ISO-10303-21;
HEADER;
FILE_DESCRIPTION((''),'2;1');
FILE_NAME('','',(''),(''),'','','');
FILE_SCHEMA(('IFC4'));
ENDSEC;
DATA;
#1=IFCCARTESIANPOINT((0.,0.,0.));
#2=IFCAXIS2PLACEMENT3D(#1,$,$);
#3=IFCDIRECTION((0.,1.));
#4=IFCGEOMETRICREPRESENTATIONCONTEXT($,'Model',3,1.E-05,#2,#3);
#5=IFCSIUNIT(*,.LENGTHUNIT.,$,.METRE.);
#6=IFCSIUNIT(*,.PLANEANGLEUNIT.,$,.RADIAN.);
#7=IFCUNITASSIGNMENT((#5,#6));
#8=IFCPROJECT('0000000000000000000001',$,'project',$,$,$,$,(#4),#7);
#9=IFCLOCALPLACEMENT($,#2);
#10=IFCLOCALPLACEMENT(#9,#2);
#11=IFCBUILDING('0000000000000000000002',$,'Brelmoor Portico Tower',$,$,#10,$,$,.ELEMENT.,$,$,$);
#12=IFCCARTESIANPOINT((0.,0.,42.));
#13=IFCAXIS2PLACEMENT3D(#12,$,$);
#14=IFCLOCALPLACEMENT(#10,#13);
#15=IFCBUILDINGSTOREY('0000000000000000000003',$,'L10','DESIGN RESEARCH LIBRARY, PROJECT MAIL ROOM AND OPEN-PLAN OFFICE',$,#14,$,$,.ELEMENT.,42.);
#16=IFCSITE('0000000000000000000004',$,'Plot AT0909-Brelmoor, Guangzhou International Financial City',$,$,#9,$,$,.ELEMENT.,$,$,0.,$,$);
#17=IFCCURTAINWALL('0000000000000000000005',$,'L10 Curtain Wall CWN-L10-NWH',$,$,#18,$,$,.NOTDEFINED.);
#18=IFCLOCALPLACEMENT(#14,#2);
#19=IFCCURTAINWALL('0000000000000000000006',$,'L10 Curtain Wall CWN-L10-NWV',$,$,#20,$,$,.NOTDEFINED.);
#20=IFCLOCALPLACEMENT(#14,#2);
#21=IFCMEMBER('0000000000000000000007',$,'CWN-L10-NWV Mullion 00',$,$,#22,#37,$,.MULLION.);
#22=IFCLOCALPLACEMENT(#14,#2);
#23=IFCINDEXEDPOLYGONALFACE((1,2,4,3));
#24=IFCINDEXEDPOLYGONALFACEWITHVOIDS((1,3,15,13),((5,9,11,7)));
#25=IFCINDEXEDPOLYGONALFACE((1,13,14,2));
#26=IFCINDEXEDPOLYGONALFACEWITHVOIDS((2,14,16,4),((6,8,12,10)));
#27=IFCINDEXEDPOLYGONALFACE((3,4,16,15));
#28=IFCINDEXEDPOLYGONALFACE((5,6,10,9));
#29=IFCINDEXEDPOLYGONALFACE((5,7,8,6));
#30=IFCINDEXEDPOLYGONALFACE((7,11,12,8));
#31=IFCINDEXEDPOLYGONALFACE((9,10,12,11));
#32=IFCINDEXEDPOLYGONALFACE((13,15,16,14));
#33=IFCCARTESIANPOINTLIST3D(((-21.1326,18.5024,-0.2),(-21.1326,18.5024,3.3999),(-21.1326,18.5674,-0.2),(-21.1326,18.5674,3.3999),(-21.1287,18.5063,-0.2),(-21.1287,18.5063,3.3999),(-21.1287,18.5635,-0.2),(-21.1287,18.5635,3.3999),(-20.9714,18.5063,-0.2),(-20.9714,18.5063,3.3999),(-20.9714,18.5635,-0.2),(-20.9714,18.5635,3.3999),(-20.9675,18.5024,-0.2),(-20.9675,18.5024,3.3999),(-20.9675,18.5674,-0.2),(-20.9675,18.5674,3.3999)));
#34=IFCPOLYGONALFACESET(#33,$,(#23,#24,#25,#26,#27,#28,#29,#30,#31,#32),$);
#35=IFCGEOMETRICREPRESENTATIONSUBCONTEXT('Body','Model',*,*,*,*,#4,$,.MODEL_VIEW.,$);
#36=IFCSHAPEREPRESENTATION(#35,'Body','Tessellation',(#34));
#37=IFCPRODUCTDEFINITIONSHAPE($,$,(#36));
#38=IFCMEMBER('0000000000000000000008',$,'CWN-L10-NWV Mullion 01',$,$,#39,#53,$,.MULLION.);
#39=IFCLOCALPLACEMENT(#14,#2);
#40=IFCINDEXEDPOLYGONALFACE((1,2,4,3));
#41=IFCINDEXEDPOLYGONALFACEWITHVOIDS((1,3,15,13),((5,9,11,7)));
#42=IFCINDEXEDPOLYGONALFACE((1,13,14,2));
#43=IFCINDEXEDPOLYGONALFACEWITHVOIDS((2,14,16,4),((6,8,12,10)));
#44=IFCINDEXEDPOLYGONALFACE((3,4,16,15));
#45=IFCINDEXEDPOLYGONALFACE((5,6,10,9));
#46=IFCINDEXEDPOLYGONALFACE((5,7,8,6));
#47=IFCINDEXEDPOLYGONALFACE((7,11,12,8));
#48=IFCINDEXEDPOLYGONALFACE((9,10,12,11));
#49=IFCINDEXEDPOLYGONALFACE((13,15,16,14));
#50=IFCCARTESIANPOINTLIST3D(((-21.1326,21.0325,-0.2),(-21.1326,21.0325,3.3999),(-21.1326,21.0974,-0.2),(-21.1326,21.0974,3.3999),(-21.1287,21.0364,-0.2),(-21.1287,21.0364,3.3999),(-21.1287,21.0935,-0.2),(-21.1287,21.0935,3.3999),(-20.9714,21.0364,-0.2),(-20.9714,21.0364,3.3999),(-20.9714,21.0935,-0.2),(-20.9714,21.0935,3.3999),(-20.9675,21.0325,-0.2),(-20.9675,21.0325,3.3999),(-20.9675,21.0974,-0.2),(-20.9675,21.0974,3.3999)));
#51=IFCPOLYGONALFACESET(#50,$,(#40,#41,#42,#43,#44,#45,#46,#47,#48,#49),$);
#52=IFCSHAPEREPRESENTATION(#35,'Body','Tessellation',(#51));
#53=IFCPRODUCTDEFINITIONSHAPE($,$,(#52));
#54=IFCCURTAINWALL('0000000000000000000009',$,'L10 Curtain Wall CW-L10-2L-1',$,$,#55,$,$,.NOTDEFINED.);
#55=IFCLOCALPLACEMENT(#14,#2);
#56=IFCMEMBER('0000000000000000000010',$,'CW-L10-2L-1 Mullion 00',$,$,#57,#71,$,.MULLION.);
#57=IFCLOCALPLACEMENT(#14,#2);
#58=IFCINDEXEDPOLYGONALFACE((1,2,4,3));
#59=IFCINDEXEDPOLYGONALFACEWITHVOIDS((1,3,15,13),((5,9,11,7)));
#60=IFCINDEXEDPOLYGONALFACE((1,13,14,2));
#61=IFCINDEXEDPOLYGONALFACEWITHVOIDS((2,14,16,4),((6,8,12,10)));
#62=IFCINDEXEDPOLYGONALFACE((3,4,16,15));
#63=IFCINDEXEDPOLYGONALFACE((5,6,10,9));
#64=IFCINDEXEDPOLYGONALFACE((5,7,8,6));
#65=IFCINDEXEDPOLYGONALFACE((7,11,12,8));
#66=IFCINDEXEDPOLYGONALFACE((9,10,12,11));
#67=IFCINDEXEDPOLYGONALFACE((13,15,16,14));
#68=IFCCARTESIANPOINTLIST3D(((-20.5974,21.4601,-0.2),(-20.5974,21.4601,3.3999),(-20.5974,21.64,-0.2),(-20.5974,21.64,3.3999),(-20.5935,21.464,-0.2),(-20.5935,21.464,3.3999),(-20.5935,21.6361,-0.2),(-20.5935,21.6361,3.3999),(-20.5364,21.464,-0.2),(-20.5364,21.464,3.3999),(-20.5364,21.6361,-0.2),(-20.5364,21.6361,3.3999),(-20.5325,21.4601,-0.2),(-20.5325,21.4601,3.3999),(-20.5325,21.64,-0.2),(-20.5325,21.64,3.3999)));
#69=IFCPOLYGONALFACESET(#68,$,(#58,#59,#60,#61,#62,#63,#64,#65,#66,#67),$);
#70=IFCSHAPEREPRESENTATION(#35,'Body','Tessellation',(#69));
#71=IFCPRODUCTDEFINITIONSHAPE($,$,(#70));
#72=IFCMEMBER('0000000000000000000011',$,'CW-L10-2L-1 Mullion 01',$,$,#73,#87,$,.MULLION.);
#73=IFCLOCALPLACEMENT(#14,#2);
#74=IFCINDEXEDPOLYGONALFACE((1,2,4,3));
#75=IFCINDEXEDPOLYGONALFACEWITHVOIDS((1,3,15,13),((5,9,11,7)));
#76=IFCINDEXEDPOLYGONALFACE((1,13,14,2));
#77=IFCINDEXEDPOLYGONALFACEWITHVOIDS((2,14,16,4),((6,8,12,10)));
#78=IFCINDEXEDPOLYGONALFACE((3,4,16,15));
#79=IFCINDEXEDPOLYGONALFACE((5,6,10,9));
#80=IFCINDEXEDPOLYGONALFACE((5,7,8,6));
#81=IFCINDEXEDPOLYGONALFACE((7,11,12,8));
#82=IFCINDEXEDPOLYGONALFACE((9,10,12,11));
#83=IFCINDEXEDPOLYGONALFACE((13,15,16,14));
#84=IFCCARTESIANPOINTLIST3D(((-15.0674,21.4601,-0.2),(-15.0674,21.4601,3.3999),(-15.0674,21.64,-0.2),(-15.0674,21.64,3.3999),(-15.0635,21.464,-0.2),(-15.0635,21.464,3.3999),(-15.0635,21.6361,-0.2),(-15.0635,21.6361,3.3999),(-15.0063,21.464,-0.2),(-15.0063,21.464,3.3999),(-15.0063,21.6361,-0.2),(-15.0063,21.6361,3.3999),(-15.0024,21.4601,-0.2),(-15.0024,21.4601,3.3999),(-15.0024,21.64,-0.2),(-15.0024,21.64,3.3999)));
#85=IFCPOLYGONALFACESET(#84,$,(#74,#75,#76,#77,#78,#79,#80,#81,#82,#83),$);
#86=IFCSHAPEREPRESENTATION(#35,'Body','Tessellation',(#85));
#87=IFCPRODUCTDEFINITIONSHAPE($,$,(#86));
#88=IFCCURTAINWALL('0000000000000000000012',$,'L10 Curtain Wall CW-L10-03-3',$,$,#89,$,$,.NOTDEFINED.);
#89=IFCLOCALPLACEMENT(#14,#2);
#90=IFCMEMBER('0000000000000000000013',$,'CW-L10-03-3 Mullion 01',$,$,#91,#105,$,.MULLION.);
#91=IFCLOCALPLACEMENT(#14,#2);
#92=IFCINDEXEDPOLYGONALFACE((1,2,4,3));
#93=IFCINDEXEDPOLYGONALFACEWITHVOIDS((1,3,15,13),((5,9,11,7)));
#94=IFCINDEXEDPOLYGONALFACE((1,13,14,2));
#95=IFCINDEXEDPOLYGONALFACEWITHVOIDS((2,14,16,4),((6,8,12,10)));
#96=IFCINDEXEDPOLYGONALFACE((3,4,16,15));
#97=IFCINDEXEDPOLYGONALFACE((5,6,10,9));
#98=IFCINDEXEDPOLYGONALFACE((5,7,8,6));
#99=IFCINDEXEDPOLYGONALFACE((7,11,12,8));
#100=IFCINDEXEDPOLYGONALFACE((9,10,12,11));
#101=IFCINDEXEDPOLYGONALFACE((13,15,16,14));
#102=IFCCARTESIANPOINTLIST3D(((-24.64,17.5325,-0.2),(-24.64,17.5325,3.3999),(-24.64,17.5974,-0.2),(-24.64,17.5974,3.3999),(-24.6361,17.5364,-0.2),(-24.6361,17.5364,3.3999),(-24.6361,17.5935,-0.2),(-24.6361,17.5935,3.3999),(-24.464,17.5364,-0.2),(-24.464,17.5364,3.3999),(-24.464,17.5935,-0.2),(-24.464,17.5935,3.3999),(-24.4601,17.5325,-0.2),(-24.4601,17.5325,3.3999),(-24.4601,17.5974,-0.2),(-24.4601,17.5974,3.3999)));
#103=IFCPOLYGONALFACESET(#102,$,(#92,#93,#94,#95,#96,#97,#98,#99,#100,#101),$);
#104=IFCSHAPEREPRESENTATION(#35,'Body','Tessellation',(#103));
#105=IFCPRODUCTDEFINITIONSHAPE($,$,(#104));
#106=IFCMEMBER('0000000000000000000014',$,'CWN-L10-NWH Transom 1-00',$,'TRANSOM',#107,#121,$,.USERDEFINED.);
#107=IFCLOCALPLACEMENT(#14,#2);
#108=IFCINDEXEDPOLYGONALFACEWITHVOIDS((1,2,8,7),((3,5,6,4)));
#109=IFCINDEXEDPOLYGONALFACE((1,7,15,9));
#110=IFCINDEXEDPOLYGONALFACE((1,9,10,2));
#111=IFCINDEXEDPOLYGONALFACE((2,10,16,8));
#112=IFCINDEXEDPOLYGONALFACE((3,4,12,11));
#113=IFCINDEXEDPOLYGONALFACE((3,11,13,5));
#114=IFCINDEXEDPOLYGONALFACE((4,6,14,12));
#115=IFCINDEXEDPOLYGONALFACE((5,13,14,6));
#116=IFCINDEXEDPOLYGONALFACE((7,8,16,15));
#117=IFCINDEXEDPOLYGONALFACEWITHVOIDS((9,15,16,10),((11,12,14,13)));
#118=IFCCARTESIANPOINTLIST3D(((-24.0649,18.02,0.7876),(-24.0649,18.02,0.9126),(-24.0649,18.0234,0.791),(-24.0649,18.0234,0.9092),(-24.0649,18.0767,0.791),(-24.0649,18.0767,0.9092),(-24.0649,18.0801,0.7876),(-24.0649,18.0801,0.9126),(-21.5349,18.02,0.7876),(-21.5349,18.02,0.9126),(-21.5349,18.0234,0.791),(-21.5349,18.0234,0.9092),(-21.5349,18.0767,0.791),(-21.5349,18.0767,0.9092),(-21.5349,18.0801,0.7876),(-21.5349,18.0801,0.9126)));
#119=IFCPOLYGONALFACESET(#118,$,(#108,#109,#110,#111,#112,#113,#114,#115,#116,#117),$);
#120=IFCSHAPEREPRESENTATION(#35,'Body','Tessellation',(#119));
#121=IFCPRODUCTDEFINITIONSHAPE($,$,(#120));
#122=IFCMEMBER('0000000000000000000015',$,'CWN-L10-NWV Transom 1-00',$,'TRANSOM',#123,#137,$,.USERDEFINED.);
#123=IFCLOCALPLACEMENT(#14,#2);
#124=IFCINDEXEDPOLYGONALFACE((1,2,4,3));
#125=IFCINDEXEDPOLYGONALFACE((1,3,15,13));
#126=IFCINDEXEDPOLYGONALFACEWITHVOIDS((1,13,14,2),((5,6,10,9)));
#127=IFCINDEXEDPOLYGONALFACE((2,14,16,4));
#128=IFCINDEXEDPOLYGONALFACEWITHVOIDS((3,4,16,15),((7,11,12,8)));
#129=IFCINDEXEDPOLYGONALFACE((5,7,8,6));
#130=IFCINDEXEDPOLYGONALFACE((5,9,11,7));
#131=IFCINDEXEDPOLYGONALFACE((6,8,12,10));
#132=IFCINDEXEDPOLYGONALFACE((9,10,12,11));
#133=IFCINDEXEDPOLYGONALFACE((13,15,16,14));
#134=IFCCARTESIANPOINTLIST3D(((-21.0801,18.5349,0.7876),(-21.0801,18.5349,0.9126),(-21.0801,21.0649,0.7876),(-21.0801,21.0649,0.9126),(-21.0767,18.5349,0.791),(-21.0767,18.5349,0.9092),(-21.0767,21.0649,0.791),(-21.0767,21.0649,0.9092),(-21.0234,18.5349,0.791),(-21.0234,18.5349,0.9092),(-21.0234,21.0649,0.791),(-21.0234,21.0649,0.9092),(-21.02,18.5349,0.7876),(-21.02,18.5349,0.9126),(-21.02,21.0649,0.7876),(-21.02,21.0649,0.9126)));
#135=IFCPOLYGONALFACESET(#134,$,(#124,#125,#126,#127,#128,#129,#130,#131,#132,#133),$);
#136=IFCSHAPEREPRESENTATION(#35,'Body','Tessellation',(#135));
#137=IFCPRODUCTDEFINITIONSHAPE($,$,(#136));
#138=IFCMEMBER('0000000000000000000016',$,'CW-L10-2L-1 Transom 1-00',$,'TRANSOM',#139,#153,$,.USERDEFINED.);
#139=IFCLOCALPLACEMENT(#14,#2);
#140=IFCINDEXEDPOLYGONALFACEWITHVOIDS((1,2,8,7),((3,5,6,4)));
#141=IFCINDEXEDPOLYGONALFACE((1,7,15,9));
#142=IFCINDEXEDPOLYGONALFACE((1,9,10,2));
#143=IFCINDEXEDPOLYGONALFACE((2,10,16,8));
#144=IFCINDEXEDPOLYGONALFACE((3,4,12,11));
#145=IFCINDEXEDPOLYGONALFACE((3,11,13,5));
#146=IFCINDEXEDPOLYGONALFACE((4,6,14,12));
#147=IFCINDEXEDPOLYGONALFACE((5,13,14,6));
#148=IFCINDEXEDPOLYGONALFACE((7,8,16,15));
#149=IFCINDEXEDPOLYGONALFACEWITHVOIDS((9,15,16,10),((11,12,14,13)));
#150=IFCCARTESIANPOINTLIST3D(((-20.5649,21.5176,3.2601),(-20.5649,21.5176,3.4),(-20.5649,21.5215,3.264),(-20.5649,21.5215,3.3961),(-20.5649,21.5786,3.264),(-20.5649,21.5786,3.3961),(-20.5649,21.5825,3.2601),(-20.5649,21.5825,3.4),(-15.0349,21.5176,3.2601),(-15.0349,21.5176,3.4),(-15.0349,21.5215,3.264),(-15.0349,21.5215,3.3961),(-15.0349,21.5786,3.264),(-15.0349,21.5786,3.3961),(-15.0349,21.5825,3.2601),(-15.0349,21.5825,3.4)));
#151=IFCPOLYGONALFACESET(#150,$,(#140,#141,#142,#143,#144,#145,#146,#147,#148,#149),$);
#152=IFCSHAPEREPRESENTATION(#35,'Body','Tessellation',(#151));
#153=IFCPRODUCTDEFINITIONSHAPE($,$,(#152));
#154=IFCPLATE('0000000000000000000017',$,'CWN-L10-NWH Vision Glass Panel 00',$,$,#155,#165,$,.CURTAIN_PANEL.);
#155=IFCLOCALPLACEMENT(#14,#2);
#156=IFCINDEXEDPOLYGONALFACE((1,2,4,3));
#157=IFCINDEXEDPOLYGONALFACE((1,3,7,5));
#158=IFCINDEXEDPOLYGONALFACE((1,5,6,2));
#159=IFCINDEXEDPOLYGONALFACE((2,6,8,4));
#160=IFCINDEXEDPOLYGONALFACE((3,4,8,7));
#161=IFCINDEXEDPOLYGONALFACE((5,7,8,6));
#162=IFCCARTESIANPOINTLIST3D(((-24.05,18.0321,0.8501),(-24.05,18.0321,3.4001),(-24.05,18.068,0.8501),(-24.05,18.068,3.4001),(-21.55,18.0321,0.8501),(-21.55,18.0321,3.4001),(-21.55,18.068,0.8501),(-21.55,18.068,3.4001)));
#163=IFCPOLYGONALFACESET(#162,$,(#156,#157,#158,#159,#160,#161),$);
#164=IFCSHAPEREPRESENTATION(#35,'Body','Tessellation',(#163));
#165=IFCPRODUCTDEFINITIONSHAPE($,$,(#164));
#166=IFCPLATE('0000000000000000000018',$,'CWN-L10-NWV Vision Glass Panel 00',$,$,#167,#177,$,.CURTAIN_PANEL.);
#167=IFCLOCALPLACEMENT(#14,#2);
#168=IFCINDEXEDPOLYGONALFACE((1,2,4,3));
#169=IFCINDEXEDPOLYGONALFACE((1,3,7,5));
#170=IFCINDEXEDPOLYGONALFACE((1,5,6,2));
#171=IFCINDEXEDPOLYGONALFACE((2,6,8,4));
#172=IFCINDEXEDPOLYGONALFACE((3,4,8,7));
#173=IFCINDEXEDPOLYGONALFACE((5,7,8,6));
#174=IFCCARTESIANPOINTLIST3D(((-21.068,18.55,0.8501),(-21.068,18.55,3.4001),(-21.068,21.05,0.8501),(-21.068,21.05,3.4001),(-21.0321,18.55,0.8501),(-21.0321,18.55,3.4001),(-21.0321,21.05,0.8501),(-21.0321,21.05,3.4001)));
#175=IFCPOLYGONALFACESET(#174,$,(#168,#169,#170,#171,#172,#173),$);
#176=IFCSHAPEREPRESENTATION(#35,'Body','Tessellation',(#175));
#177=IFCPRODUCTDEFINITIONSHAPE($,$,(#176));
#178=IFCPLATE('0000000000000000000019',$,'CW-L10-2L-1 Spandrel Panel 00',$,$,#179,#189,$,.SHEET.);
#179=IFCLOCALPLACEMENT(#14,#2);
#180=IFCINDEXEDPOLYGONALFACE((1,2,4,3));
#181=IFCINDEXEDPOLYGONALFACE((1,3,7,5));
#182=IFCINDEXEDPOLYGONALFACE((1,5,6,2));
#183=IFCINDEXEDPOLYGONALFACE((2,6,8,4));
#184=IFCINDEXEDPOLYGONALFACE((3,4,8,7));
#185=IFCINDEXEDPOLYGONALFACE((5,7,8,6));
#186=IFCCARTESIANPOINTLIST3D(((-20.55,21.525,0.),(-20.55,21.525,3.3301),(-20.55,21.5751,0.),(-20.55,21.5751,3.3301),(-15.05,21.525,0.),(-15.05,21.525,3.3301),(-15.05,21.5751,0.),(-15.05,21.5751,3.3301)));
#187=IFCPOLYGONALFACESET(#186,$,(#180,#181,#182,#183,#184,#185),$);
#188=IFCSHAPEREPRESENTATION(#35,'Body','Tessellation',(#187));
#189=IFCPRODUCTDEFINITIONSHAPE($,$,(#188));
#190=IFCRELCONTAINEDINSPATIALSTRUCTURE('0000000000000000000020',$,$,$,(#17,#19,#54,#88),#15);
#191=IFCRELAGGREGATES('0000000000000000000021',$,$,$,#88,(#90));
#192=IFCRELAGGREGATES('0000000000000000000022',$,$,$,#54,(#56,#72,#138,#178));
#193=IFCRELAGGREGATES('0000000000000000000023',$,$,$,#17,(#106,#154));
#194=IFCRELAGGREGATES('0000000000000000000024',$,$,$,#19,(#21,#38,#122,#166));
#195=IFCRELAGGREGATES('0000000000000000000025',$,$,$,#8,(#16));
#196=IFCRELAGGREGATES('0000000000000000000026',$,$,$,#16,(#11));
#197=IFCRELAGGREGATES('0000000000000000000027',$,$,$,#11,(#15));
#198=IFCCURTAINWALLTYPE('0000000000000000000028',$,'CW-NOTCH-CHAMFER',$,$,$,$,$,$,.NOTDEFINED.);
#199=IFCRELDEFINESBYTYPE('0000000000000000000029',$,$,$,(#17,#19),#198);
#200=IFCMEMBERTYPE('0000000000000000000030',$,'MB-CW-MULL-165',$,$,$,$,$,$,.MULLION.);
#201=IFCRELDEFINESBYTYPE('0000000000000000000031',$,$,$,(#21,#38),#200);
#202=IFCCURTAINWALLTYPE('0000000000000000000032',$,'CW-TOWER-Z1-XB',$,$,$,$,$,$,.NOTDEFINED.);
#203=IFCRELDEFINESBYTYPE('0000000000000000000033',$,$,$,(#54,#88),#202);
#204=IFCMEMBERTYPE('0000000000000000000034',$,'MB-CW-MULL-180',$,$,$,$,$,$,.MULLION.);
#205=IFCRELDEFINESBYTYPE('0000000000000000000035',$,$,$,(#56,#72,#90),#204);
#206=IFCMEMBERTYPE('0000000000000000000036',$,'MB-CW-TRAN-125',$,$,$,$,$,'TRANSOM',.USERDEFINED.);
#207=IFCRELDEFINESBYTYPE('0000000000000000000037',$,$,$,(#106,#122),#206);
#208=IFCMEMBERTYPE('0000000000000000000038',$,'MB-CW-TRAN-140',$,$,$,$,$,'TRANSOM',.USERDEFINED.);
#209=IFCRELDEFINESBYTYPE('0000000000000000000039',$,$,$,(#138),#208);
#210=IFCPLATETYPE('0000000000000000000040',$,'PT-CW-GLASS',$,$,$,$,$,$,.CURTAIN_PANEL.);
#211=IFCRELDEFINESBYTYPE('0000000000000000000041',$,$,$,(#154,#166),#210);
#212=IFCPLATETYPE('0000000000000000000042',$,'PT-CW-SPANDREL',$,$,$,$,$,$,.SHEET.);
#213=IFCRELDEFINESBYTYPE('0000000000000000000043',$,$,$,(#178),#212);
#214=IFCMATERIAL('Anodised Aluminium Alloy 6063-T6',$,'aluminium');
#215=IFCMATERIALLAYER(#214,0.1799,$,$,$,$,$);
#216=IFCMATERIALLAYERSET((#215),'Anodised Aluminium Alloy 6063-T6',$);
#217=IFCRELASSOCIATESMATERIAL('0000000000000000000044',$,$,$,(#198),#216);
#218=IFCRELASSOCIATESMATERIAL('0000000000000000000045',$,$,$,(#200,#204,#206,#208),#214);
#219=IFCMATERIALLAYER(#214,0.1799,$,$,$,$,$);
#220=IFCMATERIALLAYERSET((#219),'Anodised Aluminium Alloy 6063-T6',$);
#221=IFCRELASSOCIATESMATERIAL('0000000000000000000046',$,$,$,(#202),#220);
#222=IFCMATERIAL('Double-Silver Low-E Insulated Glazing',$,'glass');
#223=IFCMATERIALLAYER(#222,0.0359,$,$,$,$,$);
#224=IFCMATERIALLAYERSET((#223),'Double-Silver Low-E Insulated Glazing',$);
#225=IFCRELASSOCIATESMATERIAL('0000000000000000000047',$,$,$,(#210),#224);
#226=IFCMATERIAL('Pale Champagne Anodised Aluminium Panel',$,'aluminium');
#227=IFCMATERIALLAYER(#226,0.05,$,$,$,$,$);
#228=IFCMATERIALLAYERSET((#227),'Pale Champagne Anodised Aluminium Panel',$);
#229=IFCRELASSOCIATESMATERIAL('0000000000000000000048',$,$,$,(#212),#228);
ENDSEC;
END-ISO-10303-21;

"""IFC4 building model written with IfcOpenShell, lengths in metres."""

from ifc_helpers import new_model, si_unit, direction, frame, origin, origin_2d, place, context, subcontext, project, spatial, rectangle, hollow_rectangle, extrude, material, layer, layer_set, material_profile, profile_set, type_object, element, aggregate, save


model = new_model("IFC4")

# Units and contexts
model_context = context("Model", 3, precision=1e-05, world=origin(), true_north=direction((0.0, 1.0)))
body_context = subcontext(model_context, "Body", "Model", "MODEL_VIEW")
ifc_project = project(units=[si_unit("LENGTHUNIT", "METRE"), si_unit("PLANEANGLEUNIT", "RADIAN")], contexts=[model_context])

# Site, building, storey
site_placement = place(None, origin())
site = spatial("IfcSite", under=ifc_project, at=site_placement, Name="Plot AT0909-Brelmoor, Guangzhou International Financial City", CompositionType="ELEMENT", RefElevation=0.0)
building_placement = place(site_placement, origin())
building = spatial("IfcBuilding", under=site, at=building_placement, Name="Brelmoor Portico Tower", CompositionType="ELEMENT")
storey_placement = place(building_placement, frame((0.0, 0.0, 42.0)))
storey = spatial("IfcBuildingStorey", under=building, at=storey_placement, Name="L10", Description="DESIGN RESEARCH LIBRARY, PROJECT MAIL ROOM AND OPEN-PLAN OFFICE", CompositionType="ELEMENT", Elevation=42.0)

# Curtain walls, members
ifc_material_1 = material(Name="Anodised Aluminium Alloy 6063-T6", Category="aluminium")
ifc_layer_1 = layer(ifc_material_1, 0.1799)
ifc_layer_set_1 = layer_set([ifc_layer_1], Name="Anodised Aluminium Alloy 6063-T6")
curtain_wall_type_1 = type_object("IfcCurtainWallType", Name="CW-NOTCH-CHAMFER", PredefinedType="NOTDEFINED", material=ifc_layer_set_1)
curtain_wall_1_placement = place(storey_placement, origin())
curtain_wall_1 = element("IfcCurtainWall", 1, at=curtain_wall_1_placement, inside=storey, type_object=curtain_wall_type_1, Name="L10 Curtain Wall CWN-L10-NWH", PredefinedType="NOTDEFINED")
ifc_material_profile_1 = material_profile(ifc_material_1, hollow_rectangle(XDim=0.0649, YDim=0.165, WallThickness=0.0039, at=origin_2d()), Name="ALU MULLION 65x165")
ifc_profile_set_1 = profile_set([ifc_material_profile_1], Name="Anodised Aluminium Alloy 6063-T6")
member_type_1 = type_object("IfcMemberType", Name="MB-CW-MULL-165", PredefinedType="MULLION", material=ifc_profile_set_1)
curtain_wall_2_placement = place(storey_placement, origin())
curtain_wall_2 = element("IfcCurtainWall", 2, at=curtain_wall_2_placement, inside=storey, type_object=curtain_wall_type_1, Name="L10 Curtain Wall CWN-L10-NWV", PredefinedType="NOTDEFINED")
member_1_placement = place(storey_placement, frame((-21.05, 18.5349, -0.2), z_axis=(0.0, 0.0, 1.0), x_axis=(0.0, 1.0, 0.0)))
member_1 = element("IfcMember", 3, at=member_1_placement, type_object=member_type_1, Name="CWN-L10-NWV Mullion 00", PredefinedType="MULLION", context=body_context, shape_type="SweptSolid", body=[
    extrude(hollow_rectangle(XDim=0.0649, YDim=0.165, WallThickness=0.0039, at=origin_2d()), origin(), (0.0, 0.0, 1.0), 3.5999),
])
member_2_placement = place(storey_placement, frame((-21.05, 21.0649, -0.2), z_axis=(0.0, 0.0, 1.0), x_axis=(0.0, 1.0, 0.0)))
member_2 = element("IfcMember", 4, at=member_2_placement, type_object=member_type_1, Name="CWN-L10-NWV Mullion 01", PredefinedType="MULLION", context=body_context, shape_type="SweptSolid", body=[
    extrude(hollow_rectangle(XDim=0.0649, YDim=0.165, WallThickness=0.0039, at=origin_2d()), origin(), (0.0, 0.0, 1.0), 3.5999),
])
ifc_layer_2 = layer(ifc_material_1, 0.1799)
ifc_layer_set_2 = layer_set([ifc_layer_2], Name="Anodised Aluminium Alloy 6063-T6")
curtain_wall_type_2 = type_object("IfcCurtainWallType", Name="CW-TOWER-Z1-XB", PredefinedType="NOTDEFINED", material=ifc_layer_set_2)
curtain_wall_3_placement = place(storey_placement, origin())
curtain_wall_3 = element("IfcCurtainWall", 5, at=curtain_wall_3_placement, inside=storey, type_object=curtain_wall_type_2, Name="L10 Curtain Wall CW-L10-2L-1", PredefinedType="NOTDEFINED")
ifc_material_profile_2 = material_profile(ifc_material_1, hollow_rectangle(XDim=0.0649, YDim=0.1799, WallThickness=0.0039, at=origin_2d()), Name="ALU MULLION 65x180")
ifc_profile_set_2 = profile_set([ifc_material_profile_2], Name="Anodised Aluminium Alloy 6063-T6")
member_type_2 = type_object("IfcMemberType", Name="MB-CW-MULL-180", PredefinedType="MULLION", material=ifc_profile_set_2)
member_3_placement = place(storey_placement, frame((-20.5649, 21.55, -0.2), z_axis=(0.0, 0.0, 1.0), x_axis=(1.0, 0.0, 0.0)))
member_3 = element("IfcMember", 6, at=member_3_placement, type_object=member_type_2, Name="CW-L10-2L-1 Mullion 00", PredefinedType="MULLION", context=body_context, shape_type="SweptSolid", body=[
    extrude(hollow_rectangle(XDim=0.0649, YDim=0.1799, WallThickness=0.0039, at=origin_2d()), origin(), (0.0, 0.0, 1.0), 3.5999),
])
member_4_placement = place(storey_placement, frame((-15.0349, 21.55, -0.2), z_axis=(0.0, 0.0, 1.0), x_axis=(1.0, 0.0, 0.0)))
member_4 = element("IfcMember", 7, at=member_4_placement, type_object=member_type_2, Name="CW-L10-2L-1 Mullion 01", PredefinedType="MULLION", context=body_context, shape_type="SweptSolid", body=[
    extrude(hollow_rectangle(XDim=0.0649, YDim=0.1799, WallThickness=0.0039, at=origin_2d()), origin(), (0.0, 0.0, 1.0), 3.5999),
])

# Curtain wall, member
curtain_wall_4_placement = place(storey_placement, origin())
curtain_wall_4 = element("IfcCurtainWall", 8, at=curtain_wall_4_placement, inside=storey, type_object=curtain_wall_type_2, Name="L10 Curtain Wall CW-L10-03-3", PredefinedType="NOTDEFINED")
member_5_placement = place(storey_placement, frame((-24.55, 17.5649, -0.2), z_axis=(0.0, 0.0, 1.0), x_axis=(0.0, 1.0, 0.0)))
member_5 = element("IfcMember", 9, at=member_5_placement, type_object=member_type_2, Name="CW-L10-03-3 Mullion 01", PredefinedType="MULLION", context=body_context, shape_type="SweptSolid", body=[
    extrude(hollow_rectangle(XDim=0.0649, YDim=0.1799, WallThickness=0.0039, at=origin_2d()), origin(), (0.0, 0.0, 1.0), 3.5999),
])
aggregate(curtain_wall_4, [member_5])

# Members
ifc_material_profile_3 = material_profile(ifc_material_1, hollow_rectangle(XDim=0.0601, YDim=0.125, WallThickness=0.0034, at=origin_2d()), Name="ALU TRANSOM 60x125")
ifc_profile_set_3 = profile_set([ifc_material_profile_3], Name="Anodised Aluminium Alloy 6063-T6")
member_type_3 = type_object("IfcMemberType", Name="MB-CW-TRAN-125", ElementType="TRANSOM", PredefinedType="USERDEFINED", material=ifc_profile_set_3)
member_6_placement = place(storey_placement, frame((-24.0649, 18.05, 0.8501), z_axis=(1.0, 0.0, 0.0), x_axis=(0.0, 1.0, 0.0)))
member_6 = element("IfcMember", 10, at=member_6_placement, type_object=member_type_3, Name="CWN-L10-NWH Transom 1-00", ObjectType="TRANSOM", PredefinedType="USERDEFINED", context=body_context, shape_type="SweptSolid", body=[
    extrude(hollow_rectangle(XDim=0.0601, YDim=0.125, WallThickness=0.0034, at=origin_2d()), origin(), (0.0, 0.0, 1.0), 2.53),
])
member_7_placement = place(storey_placement, frame((-21.05, 18.5349, 0.8501), z_axis=(0.0, 1.0, 0.0), x_axis=(-1.0, 0.0, 0.0)))
member_7 = element("IfcMember", 11, at=member_7_placement, type_object=member_type_3, Name="CWN-L10-NWV Transom 1-00", ObjectType="TRANSOM", PredefinedType="USERDEFINED", context=body_context, shape_type="SweptSolid", body=[
    extrude(hollow_rectangle(XDim=0.0601, YDim=0.125, WallThickness=0.0034, at=origin_2d()), origin(), (0.0, 0.0, 1.0), 2.53),
])
ifc_material_profile_4 = material_profile(ifc_material_1, hollow_rectangle(XDim=0.0649, YDim=0.1399, WallThickness=0.0039, at=origin_2d()), Name="ALU TRANSOM 65x140")
ifc_profile_set_4 = profile_set([ifc_material_profile_4], Name="Anodised Aluminium Alloy 6063-T6")
member_type_4 = type_object("IfcMemberType", Name="MB-CW-TRAN-140", ElementType="TRANSOM", PredefinedType="USERDEFINED", material=ifc_profile_set_4)
member_8_placement = place(storey_placement, frame((-20.5649, 21.55, 3.3301), z_axis=(1.0, 0.0, 0.0), x_axis=(0.0, 1.0, 0.0)))
member_8 = element("IfcMember", 12, at=member_8_placement, type_object=member_type_4, Name="CW-L10-2L-1 Transom 1-00", ObjectType="TRANSOM", PredefinedType="USERDEFINED", context=body_context, shape_type="SweptSolid", body=[
    extrude(hollow_rectangle(XDim=0.0649, YDim=0.1399, WallThickness=0.0039, at=origin_2d()), origin(), (0.0, 0.0, 1.0), 5.53),
])

# Plates
ifc_material_2 = material(Name="Double-Silver Low-E Insulated Glazing", Category="glass")
ifc_layer_3 = layer(ifc_material_2, 0.0359)
ifc_layer_set_3 = layer_set([ifc_layer_3], Name="Double-Silver Low-E Insulated Glazing")
plate_type_1 = type_object("IfcPlateType", Name="PT-CW-GLASS", PredefinedType="CURTAIN_PANEL", material=ifc_layer_set_3)
plate_1_placement = place(storey_placement, frame((-22.8, 18.05, 0.8501), z_axis=(0.0, 0.0, 1.0), x_axis=(1.0, 0.0, 0.0)))
plate_1 = element("IfcPlate", 13, at=plate_1_placement, type_object=plate_type_1, Name="CWN-L10-NWH Vision Glass Panel 00", PredefinedType="CURTAIN_PANEL", context=body_context, shape_type="SweptSolid", body=[
    extrude(rectangle(XDim=2.5, YDim=0.0359, at=origin_2d()), origin(), (0.0, 0.0, 1.0), 2.55),
])
plate_2_placement = place(storey_placement, frame((-21.05, 19.8, 0.8501), z_axis=(0.0, 0.0, 1.0), x_axis=(0.0, 1.0, 0.0)))
plate_2 = element("IfcPlate", 14, at=plate_2_placement, type_object=plate_type_1, Name="CWN-L10-NWV Vision Glass Panel 00", PredefinedType="CURTAIN_PANEL", context=body_context, shape_type="SweptSolid", body=[
    extrude(rectangle(XDim=2.5, YDim=0.0359, at=origin_2d()), origin(), (0.0, 0.0, 1.0), 2.55),
])
ifc_material_3 = material(Name="Pale Champagne Anodised Aluminium Panel", Category="aluminium")
ifc_layer_4 = layer(ifc_material_3, 0.05)
ifc_layer_set_4 = layer_set([ifc_layer_4], Name="Pale Champagne Anodised Aluminium Panel")
plate_type_2 = type_object("IfcPlateType", Name="PT-CW-SPANDREL", PredefinedType="SHEET", material=ifc_layer_set_4)
plate_3_placement = place(storey_placement, frame((-17.8, 21.55, 0.0), z_axis=(0.0, 0.0, 1.0), x_axis=(1.0, 0.0, 0.0)))
plate_3 = element("IfcPlate", 15, at=plate_3_placement, type_object=plate_type_2, Name="CW-L10-2L-1 Spandrel Panel 00", PredefinedType="SHEET", context=body_context, shape_type="SweptSolid", body=[
    extrude(rectangle(XDim=5.5, YDim=0.05, at=origin_2d()), origin(), (0.0, 0.0, 1.0), 3.3301),
])
aggregate(curtain_wall_3, [member_3, member_4, member_8, plate_3])
aggregate(curtain_wall_1, [member_6, plate_1])
aggregate(curtain_wall_2, [member_1, member_2, member_7, plate_2])

save(model, "model.ifc")
